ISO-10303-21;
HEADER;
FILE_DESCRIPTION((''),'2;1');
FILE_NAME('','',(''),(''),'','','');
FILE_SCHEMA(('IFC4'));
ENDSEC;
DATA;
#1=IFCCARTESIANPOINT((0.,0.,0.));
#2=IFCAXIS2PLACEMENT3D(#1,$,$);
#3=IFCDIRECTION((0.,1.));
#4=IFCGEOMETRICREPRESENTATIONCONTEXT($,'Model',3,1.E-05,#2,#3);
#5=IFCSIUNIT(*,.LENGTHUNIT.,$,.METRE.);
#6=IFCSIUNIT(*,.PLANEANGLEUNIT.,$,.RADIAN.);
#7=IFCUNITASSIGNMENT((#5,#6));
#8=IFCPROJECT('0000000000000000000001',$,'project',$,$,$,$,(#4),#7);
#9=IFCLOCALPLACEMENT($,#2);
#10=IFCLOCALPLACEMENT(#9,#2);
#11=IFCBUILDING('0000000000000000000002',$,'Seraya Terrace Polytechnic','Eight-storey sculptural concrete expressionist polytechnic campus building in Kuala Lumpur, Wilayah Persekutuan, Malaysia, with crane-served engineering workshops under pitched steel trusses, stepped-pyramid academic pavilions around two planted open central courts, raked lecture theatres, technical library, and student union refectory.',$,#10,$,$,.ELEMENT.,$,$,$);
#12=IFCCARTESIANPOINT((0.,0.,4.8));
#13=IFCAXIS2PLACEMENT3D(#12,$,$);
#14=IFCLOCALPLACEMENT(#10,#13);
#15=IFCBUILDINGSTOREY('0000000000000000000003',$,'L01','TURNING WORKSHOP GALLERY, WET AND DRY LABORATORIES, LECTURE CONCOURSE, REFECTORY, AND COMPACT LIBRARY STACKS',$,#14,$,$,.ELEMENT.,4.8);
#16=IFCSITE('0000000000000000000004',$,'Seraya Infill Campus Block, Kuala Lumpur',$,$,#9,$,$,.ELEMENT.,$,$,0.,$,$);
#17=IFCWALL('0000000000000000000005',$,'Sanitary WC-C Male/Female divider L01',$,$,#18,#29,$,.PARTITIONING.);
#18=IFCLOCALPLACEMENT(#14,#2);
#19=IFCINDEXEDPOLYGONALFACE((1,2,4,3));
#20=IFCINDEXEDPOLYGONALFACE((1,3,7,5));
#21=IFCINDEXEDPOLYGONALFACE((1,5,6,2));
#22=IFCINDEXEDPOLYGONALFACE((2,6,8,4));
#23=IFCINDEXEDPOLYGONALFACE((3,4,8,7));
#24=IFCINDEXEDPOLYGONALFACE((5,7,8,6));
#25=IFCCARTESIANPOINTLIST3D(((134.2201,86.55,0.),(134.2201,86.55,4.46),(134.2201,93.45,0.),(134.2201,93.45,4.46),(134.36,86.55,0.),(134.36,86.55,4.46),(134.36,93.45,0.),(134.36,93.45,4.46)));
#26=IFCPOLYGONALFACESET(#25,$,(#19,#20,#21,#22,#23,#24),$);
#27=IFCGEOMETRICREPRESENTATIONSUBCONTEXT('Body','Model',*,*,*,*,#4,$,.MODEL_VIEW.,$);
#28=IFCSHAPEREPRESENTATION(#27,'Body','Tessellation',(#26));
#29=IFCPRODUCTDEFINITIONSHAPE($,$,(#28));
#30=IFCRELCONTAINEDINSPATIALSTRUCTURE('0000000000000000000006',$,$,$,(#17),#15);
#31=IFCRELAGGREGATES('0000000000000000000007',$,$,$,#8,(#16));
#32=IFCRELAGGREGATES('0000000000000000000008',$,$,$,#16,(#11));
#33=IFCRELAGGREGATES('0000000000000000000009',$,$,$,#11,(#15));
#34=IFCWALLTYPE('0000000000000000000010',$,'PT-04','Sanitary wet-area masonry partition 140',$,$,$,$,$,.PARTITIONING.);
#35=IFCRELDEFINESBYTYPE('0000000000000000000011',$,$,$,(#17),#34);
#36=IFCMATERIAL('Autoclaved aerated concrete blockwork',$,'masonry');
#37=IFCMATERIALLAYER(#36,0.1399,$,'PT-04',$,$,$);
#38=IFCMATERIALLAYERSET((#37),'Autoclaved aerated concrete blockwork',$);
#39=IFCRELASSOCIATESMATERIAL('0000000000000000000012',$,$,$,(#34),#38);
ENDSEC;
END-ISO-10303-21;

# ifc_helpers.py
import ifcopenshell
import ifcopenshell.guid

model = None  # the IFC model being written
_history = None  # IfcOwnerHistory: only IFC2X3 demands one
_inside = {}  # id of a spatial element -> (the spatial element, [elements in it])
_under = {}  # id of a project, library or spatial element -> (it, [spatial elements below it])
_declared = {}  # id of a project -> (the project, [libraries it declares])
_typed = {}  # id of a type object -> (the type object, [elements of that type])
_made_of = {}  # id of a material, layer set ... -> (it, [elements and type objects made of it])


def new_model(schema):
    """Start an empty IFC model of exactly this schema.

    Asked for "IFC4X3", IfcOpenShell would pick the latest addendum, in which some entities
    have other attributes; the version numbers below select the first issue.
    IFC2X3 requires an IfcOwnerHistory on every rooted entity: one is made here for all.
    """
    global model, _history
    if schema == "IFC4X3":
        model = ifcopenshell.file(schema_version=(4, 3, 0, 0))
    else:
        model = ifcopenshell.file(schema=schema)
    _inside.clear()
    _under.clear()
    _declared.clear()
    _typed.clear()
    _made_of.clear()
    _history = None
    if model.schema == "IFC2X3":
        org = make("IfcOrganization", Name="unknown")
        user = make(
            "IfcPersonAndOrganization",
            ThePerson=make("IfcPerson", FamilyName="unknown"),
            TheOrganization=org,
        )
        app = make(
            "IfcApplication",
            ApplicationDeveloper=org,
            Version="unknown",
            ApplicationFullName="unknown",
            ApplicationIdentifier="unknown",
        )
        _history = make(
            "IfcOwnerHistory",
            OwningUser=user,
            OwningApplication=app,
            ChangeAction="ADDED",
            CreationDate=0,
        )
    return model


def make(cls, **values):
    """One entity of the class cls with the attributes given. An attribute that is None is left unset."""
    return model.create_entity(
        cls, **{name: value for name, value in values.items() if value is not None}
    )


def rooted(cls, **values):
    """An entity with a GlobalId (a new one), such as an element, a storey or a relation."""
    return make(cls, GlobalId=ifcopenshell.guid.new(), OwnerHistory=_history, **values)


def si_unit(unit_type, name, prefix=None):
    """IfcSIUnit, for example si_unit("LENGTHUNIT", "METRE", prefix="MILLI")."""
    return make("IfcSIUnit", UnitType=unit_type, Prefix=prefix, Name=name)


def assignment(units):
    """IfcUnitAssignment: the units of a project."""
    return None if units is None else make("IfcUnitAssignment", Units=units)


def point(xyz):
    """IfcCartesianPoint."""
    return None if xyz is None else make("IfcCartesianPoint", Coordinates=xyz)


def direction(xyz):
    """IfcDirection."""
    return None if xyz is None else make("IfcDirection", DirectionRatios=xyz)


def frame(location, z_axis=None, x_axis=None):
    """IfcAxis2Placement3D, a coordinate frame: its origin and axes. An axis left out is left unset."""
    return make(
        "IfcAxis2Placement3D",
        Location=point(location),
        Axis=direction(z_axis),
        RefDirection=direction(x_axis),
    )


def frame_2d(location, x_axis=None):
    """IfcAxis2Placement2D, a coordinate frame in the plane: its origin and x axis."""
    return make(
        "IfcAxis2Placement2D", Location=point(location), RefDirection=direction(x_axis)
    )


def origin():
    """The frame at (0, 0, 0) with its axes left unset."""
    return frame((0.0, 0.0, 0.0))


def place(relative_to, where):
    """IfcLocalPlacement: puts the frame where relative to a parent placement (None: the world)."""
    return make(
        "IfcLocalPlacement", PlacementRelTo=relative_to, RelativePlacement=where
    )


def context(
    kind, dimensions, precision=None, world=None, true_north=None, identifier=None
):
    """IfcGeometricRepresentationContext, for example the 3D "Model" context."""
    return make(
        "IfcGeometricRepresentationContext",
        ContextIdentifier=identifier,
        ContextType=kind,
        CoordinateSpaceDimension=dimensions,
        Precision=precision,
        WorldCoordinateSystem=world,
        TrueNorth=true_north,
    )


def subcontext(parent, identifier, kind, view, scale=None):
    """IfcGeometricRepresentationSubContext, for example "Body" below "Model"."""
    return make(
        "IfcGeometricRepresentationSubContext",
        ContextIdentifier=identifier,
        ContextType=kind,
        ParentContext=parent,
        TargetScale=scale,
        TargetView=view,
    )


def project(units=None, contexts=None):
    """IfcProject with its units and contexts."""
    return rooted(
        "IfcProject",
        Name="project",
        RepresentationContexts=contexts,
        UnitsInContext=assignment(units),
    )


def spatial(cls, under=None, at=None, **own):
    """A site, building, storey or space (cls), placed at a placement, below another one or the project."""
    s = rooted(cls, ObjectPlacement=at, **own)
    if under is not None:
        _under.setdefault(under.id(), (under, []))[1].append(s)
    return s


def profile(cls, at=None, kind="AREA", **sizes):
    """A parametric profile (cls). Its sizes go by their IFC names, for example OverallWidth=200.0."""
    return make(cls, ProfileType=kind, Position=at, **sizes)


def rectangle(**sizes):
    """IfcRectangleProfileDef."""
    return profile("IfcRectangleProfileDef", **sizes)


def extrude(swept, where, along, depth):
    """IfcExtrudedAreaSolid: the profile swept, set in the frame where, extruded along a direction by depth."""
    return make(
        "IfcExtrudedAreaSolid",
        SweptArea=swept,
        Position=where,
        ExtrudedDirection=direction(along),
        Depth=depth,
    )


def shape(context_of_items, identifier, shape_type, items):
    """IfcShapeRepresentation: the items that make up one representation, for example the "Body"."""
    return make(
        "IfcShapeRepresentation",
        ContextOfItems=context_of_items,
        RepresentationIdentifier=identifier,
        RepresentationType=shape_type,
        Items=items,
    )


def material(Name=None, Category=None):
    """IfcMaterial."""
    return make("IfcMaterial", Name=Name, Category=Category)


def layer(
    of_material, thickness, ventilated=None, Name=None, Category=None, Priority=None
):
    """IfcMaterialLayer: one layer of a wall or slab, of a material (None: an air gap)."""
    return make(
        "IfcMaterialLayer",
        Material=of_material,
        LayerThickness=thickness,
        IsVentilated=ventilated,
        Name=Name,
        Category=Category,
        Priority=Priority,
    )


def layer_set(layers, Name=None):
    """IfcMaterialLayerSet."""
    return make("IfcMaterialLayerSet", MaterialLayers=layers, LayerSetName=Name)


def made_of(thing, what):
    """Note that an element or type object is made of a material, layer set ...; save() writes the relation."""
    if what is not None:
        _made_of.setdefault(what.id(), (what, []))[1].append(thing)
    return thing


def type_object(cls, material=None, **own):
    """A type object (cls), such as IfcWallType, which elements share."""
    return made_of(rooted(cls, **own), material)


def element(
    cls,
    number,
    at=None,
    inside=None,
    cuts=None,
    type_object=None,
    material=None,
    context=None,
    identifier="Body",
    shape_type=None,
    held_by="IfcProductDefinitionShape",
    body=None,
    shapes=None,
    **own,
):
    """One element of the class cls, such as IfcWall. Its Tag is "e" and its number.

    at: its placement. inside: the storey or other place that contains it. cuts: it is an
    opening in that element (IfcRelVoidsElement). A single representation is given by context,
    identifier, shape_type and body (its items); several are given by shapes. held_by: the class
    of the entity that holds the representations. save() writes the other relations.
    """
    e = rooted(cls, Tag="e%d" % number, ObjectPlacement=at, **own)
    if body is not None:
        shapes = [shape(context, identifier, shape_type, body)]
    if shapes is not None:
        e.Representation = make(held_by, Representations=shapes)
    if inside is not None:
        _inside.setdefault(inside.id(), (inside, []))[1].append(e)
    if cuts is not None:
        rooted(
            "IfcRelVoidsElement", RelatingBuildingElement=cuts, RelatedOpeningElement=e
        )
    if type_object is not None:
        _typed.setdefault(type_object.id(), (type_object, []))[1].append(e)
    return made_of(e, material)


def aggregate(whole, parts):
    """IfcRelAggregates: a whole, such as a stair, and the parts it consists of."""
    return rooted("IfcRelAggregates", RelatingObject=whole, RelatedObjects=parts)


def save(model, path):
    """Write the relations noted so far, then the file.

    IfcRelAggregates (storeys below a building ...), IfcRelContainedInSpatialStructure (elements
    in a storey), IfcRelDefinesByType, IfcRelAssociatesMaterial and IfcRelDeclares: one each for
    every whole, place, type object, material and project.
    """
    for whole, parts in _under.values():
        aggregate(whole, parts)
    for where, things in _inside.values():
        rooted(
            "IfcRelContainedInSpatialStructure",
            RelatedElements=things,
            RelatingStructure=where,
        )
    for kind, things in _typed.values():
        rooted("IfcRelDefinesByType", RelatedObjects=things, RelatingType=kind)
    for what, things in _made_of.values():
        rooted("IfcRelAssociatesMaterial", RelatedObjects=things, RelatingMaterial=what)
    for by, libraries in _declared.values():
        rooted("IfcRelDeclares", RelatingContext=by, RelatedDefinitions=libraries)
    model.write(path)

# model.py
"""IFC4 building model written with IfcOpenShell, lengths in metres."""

from ifc_helpers import new_model, si_unit, direction, frame, frame_2d, origin, place, context, subcontext, project, spatial, rectangle, extrude, material, layer, layer_set, type_object, element, save


model = new_model("IFC4")

# Units and contexts
model_context = context("Model", 3, precision=1e-05, world=origin(), true_north=direction((0.0, 1.0)))
body_context = subcontext(model_context, "Body", "Model", "MODEL_VIEW")
ifc_project = project(units=[si_unit("LENGTHUNIT", "METRE"), si_unit("PLANEANGLEUNIT", "RADIAN")], contexts=[model_context])

# Site, building, storey
site_placement = place(None, origin())
site = spatial("IfcSite", under=ifc_project, at=site_placement, Name="Seraya Infill Campus Block, Kuala Lumpur", CompositionType="ELEMENT", RefElevation=0.0)
building_placement = place(site_placement, origin())
building = spatial("IfcBuilding", under=site, at=building_placement, Name="Seraya Terrace Polytechnic", Description="Eight-storey sculptural concrete expressionist polytechnic campus building in Kuala Lumpur, Wilayah Persekutuan, Malaysia, with crane-served engineering workshops under pitched steel trusses, stepped-pyramid academic pavilions around two planted open central courts, raked lecture theatres, technical library, and student union refectory.", CompositionType="ELEMENT")
storey_placement = place(building_placement, frame((0.0, 0.0, 4.8)))
storey = spatial("IfcBuildingStorey", under=building, at=storey_placement, Name="L01", Description="TURNING WORKSHOP GALLERY, WET AND DRY LABORATORIES, LECTURE CONCOURSE, REFECTORY, AND COMPACT LIBRARY STACKS", CompositionType="ELEMENT", Elevation=4.8)

# Wall
ifc_material_1 = material(Name="Autoclaved aerated concrete blockwork", Category="masonry")
ifc_layer = layer(ifc_material_1, 0.1399, Name="PT-04")
ifc_layer_set = layer_set([ifc_layer], Name="Autoclaved aerated concrete blockwork")
wall_type = type_object("IfcWallType", Name="PT-04", Description="Sanitary wet-area masonry partition 140", PredefinedType="PARTITIONING", material=ifc_layer_set)
wall_1_placement = place(storey_placement, frame((134.29, 86.55, 0.0), z_axis=(0.0, 0.0, 1.0), x_axis=(0.0, 1.0, 0.0)))
element("IfcWall", 1, at=wall_1_placement, inside=storey, type_object=wall_type, Name="Sanitary WC-C Male/Female divider L01", PredefinedType="PARTITIONING", context=body_context, shape_type="SweptSolid", body=[
    extrude(rectangle(XDim=6.8999, YDim=0.1399, at=frame_2d((3.45, 0.0))), origin(), (0.0, 0.0, 1.0), 4.46),
])

save(model, "model.ifc")
